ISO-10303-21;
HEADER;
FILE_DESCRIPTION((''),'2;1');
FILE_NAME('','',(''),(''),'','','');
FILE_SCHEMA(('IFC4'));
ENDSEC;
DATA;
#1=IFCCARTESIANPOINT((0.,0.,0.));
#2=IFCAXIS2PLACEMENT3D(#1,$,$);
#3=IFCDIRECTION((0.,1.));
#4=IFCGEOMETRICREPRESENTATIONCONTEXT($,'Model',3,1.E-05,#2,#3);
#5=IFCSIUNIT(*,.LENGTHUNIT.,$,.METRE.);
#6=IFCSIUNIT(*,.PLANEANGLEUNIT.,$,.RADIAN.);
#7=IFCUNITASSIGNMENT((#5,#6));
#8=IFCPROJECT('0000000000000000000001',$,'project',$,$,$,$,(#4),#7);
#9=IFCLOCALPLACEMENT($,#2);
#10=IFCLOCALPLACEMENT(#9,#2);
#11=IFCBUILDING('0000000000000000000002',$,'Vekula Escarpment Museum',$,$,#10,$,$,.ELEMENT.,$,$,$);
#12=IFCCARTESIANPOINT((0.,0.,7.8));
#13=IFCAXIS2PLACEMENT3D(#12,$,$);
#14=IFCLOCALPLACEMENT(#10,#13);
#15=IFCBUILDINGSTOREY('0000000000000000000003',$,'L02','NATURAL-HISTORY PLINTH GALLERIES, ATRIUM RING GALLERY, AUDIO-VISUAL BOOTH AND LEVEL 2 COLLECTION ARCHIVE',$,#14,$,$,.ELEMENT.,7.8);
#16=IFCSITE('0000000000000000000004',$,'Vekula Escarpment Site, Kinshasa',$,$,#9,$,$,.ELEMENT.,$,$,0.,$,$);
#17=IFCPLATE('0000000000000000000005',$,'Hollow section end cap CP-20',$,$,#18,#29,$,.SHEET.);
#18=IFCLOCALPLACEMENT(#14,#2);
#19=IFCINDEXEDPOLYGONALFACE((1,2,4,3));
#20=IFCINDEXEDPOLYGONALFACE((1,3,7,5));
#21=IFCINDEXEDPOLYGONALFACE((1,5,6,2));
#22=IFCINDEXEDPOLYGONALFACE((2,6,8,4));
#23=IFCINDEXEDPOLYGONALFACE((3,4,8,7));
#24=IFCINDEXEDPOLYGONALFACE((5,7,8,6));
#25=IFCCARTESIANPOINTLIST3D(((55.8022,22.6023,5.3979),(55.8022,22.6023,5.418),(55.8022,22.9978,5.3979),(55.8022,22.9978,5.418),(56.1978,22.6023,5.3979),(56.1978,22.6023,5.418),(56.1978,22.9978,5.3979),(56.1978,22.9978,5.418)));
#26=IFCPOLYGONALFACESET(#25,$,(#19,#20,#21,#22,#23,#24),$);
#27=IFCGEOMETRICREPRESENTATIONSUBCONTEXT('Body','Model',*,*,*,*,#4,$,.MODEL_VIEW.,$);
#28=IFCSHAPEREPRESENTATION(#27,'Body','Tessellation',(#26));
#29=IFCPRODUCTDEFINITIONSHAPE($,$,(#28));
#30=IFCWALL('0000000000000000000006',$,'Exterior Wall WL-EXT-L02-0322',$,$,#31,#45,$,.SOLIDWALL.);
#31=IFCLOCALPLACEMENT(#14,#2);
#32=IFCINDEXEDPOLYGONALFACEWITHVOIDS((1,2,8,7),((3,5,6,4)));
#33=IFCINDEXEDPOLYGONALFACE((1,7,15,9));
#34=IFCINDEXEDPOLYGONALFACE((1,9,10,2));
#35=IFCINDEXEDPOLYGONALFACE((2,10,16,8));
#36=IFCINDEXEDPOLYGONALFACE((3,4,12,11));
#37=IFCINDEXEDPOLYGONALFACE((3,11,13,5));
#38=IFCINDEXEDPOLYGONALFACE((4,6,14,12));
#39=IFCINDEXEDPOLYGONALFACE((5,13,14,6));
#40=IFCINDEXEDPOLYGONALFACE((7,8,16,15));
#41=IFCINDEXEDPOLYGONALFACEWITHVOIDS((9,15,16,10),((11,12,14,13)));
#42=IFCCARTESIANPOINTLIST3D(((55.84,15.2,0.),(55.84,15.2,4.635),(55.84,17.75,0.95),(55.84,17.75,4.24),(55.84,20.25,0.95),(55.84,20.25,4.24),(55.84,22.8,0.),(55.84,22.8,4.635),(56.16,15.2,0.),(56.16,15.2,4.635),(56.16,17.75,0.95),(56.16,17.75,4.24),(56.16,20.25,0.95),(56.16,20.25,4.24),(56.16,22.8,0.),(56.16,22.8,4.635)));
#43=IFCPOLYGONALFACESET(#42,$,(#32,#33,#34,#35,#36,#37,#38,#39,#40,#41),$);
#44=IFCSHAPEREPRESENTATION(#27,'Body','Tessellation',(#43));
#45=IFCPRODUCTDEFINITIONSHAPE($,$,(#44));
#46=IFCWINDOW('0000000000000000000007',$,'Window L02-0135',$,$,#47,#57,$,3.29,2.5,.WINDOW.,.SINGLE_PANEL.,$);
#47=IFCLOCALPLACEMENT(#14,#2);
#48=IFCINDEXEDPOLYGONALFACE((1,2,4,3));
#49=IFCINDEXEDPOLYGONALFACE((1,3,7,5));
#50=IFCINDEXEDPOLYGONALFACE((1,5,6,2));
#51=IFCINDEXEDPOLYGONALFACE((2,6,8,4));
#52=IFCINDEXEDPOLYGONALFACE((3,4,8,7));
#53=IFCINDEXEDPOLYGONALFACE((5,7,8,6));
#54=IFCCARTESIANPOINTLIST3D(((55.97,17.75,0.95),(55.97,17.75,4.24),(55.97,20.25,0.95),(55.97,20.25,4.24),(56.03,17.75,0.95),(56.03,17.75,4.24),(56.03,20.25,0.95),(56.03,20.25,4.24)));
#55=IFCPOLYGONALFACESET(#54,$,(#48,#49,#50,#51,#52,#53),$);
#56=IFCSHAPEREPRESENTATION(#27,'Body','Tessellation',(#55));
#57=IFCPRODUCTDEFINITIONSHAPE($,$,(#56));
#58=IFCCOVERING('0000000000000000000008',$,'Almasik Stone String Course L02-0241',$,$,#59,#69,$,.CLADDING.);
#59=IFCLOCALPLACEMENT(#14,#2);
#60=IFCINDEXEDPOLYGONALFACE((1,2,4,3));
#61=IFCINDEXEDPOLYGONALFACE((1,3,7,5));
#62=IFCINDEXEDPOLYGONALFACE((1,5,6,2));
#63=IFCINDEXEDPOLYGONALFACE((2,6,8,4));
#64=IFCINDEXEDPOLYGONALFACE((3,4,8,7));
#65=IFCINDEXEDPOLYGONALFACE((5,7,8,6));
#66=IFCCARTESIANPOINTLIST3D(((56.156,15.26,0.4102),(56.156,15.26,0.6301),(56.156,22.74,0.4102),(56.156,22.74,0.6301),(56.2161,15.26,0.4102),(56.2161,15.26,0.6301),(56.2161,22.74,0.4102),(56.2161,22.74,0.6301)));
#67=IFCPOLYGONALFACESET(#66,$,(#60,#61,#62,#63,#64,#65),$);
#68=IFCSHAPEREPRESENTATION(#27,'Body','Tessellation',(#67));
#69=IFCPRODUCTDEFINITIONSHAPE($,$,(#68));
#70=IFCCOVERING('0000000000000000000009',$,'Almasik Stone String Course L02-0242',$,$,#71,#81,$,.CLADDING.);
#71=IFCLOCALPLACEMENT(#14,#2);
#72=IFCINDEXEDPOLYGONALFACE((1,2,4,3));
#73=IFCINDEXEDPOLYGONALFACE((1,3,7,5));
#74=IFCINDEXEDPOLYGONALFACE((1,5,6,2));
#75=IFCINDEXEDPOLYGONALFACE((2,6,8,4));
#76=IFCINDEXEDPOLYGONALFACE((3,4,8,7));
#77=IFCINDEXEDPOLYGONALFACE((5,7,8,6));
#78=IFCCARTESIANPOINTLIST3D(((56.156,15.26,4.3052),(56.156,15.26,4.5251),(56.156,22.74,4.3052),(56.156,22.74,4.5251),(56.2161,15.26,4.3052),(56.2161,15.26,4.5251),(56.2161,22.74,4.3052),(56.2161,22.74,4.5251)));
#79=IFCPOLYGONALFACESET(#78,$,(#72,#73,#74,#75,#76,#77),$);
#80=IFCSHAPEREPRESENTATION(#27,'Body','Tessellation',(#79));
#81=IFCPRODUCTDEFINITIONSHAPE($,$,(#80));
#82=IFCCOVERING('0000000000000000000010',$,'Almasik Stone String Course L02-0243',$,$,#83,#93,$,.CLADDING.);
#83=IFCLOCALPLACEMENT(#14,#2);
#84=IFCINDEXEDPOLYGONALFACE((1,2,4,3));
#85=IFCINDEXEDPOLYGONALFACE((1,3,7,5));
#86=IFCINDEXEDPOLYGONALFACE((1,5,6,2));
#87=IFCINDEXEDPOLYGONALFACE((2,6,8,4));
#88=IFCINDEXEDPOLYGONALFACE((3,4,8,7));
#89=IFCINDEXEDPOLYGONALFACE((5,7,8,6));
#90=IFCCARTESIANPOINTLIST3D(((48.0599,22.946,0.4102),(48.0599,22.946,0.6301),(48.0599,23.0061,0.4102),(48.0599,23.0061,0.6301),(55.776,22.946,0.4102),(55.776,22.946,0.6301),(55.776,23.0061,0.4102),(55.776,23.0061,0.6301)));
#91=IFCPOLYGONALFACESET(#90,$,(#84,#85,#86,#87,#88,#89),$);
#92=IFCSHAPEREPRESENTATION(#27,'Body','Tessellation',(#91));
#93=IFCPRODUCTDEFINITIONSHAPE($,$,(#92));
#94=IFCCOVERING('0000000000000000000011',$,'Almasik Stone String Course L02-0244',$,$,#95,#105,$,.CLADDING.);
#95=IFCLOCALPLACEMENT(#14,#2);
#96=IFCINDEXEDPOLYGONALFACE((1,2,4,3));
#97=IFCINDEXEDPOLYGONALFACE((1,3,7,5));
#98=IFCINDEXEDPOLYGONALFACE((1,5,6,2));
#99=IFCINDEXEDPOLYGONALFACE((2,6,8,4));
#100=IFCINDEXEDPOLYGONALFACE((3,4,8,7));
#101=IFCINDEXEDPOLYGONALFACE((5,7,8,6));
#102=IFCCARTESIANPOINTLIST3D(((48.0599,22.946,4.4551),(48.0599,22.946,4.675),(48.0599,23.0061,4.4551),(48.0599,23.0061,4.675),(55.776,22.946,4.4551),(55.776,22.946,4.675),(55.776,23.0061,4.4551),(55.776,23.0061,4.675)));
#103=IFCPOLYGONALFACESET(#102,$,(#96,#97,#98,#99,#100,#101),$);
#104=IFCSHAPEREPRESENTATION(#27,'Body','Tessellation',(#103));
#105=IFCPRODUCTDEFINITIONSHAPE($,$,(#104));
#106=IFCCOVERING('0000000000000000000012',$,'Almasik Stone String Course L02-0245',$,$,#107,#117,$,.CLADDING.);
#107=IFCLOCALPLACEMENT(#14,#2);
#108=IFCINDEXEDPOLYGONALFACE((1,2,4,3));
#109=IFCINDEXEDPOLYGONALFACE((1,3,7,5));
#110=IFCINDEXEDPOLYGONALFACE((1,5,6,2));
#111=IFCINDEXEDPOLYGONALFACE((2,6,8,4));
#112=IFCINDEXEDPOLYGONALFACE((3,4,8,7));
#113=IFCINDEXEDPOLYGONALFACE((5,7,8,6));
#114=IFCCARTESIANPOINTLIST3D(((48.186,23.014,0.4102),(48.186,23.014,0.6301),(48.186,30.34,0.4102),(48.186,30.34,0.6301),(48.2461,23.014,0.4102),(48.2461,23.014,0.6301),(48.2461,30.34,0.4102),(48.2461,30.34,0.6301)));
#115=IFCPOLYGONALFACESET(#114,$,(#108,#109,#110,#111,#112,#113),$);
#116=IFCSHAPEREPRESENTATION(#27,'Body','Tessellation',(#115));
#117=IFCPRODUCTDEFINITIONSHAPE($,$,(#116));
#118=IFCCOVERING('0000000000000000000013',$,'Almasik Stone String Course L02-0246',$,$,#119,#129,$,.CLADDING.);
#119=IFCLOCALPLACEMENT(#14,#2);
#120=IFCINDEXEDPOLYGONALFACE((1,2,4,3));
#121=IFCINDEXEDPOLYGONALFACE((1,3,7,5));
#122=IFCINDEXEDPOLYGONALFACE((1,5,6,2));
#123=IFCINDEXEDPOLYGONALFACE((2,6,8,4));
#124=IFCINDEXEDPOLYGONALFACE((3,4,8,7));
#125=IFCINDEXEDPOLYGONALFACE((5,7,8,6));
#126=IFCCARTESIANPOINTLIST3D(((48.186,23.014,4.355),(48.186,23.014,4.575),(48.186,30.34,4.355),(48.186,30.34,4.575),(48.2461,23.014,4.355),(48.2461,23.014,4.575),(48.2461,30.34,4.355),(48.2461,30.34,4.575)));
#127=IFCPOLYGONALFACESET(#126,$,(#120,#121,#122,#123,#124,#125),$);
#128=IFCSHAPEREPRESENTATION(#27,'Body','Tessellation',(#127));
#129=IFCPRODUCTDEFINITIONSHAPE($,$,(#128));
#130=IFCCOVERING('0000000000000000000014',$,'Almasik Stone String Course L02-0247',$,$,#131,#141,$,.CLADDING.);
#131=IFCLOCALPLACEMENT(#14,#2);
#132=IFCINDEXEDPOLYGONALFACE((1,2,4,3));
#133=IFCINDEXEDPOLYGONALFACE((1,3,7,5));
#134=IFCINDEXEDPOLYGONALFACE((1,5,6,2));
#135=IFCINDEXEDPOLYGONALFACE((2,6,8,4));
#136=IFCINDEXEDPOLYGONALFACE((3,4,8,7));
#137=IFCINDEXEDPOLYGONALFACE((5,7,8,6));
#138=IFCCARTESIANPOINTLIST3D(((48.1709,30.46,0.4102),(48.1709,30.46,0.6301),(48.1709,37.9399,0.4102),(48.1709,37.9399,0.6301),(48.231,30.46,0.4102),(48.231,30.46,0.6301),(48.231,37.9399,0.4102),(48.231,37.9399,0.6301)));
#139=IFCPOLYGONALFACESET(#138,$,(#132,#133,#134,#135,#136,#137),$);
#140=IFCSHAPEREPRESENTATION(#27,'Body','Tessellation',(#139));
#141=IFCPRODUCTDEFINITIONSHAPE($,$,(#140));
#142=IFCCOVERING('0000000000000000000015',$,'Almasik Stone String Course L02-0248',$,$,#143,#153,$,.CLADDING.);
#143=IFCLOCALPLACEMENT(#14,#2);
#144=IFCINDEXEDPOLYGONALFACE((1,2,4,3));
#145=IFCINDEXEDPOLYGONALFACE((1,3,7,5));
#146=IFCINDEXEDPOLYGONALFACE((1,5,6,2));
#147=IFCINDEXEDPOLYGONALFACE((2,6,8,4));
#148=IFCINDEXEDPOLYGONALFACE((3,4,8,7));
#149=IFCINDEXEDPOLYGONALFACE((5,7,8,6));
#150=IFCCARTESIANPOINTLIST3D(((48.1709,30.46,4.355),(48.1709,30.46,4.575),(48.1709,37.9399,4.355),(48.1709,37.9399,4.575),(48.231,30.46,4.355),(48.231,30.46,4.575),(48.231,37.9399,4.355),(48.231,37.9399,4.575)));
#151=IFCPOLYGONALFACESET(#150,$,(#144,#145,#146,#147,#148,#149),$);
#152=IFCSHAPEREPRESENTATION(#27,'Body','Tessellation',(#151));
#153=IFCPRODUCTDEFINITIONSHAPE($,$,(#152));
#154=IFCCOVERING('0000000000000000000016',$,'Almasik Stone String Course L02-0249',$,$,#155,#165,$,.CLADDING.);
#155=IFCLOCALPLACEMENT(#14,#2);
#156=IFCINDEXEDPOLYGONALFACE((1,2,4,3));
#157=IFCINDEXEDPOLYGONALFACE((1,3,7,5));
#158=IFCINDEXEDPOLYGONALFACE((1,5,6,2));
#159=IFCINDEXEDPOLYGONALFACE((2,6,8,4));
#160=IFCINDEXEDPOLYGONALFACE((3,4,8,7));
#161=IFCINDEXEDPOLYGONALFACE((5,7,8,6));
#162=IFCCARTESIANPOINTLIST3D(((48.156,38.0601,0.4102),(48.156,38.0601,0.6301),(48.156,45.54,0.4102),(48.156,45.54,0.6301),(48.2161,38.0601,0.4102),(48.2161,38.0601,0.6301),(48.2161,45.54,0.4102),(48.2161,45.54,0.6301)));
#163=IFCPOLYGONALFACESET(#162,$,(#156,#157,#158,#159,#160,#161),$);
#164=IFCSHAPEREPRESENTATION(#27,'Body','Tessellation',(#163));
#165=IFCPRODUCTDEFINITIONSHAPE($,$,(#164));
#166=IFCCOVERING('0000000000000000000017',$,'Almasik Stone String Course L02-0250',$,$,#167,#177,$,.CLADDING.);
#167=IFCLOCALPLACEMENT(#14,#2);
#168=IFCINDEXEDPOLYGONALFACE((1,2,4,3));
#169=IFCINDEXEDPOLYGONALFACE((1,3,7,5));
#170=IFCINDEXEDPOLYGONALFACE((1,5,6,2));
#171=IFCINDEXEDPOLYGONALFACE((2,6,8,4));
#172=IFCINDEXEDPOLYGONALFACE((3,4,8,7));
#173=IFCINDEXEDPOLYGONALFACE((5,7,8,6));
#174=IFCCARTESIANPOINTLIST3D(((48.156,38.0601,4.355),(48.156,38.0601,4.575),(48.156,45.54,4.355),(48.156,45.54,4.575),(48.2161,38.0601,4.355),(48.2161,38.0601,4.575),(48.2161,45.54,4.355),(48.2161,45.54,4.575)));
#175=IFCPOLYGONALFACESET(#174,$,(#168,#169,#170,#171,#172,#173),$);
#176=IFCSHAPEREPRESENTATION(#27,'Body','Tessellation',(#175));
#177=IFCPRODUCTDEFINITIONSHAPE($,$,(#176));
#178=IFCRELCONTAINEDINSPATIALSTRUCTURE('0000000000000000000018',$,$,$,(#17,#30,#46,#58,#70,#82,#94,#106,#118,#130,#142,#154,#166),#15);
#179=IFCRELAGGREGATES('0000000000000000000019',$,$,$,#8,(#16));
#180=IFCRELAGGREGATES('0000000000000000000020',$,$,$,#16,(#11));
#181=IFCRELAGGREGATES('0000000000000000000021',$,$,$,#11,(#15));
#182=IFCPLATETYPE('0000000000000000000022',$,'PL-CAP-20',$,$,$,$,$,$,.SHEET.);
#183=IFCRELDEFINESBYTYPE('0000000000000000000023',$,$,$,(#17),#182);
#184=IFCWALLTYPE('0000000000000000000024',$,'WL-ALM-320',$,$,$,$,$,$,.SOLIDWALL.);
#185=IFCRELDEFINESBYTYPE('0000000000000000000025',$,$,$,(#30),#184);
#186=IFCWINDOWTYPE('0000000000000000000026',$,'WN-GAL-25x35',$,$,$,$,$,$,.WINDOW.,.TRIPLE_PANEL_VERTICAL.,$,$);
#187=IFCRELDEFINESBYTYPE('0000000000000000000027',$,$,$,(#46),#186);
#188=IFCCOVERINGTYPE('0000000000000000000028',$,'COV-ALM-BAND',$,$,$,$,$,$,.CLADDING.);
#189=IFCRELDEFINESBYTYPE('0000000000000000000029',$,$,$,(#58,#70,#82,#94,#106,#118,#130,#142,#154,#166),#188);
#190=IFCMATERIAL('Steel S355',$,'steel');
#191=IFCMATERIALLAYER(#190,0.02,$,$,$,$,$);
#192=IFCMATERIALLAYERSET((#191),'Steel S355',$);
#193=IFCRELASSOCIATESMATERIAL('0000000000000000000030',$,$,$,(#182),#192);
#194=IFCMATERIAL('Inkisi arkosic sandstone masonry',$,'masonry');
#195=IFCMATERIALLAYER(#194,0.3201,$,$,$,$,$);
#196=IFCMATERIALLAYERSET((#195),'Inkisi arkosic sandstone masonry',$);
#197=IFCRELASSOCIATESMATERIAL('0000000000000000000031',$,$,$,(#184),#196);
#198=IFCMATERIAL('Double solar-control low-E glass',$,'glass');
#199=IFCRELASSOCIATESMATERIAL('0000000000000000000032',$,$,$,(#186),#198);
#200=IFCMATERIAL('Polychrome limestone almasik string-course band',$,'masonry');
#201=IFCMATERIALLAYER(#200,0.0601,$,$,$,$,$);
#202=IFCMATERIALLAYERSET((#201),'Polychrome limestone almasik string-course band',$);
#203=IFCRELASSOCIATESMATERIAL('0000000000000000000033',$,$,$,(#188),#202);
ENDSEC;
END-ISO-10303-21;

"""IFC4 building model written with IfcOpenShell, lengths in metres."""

from ifc_helpers import new_model, si_unit, direction, frame, frame_2d, origin, origin_2d, place, context, subcontext, project, spatial, rectangle, extrude, material, layer, layer_set, type_object, element, fill, save


model = new_model("IFC4")

# Units and contexts
model_context = context("Model", 3, precision=1e-05, world=origin(), true_north=direction((0.0, 1.0)))
body_context = subcontext(model_context, "Body", "Model", "MODEL_VIEW")
ifc_project = project(units=[si_unit("LENGTHUNIT", "METRE"), si_unit("PLANEANGLEUNIT", "RADIAN")], contexts=[model_context])

# Site, building, storey
site_placement = place(None, origin())
site = spatial("IfcSite", under=ifc_project, at=site_placement, Name="Vekula Escarpment Site, Kinshasa", CompositionType="ELEMENT", RefElevation=0.0)
building_placement = place(site_placement, origin())
building = spatial("IfcBuilding", under=site, at=building_placement, Name="Vekula Escarpment Museum", CompositionType="ELEMENT")
storey_placement = place(building_placement, frame((0.0, 0.0, 7.8)))
storey = spatial("IfcBuildingStorey", under=building, at=storey_placement, Name="L02", Description="NATURAL-HISTORY PLINTH GALLERIES, ATRIUM RING GALLERY, AUDIO-VISUAL BOOTH AND LEVEL 2 COLLECTION ARCHIVE", CompositionType="ELEMENT", Elevation=7.8)

# Plate
ifc_material_1 = material(Name="Steel S355", Category="steel")
ifc_layer_1 = layer(ifc_material_1, 0.02)
ifc_layer_set_1 = layer_set([ifc_layer_1], Name="Steel S355")
plate_type_1 = type_object("IfcPlateType", Name="PL-CAP-20", PredefinedType="SHEET", material=ifc_layer_set_1)
plate_placement = place(storey_placement, frame((56.0, 22.8, 5.3979), z_axis=(0.0, 0.0, 1.0), x_axis=(1.0, 0.0, 0.0)))
element("IfcPlate", 1, at=plate_placement, inside=storey, type_object=plate_type_1, Name="Hollow section end cap CP-20", PredefinedType="SHEET", context=body_context, shape_type="SweptSolid", body=[
    extrude(rectangle(XDim=0.3955, YDim=0.3955, at=origin_2d()), origin(), (0.0, 0.0, 1.0), 0.02),
])

# Wall, opening, window
ifc_material_2 = material(Name="Inkisi arkosic sandstone masonry", Category="masonry")
ifc_layer_2 = layer(ifc_material_2, 0.3201)
ifc_layer_set_2 = layer_set([ifc_layer_2], Name="Inkisi arkosic sandstone masonry")
wall_type = type_object("IfcWallType", Name="WL-ALM-320", PredefinedType="SOLIDWALL", material=ifc_layer_set_2)
wall_placement = place(storey_placement, frame((56.0, 22.8, 0.0), z_axis=(0.0, 0.0, 1.0), x_axis=(0.0, -1.0, 0.0)))
wall = element("IfcWall", 2, at=wall_placement, inside=storey, type_object=wall_type, Name="Exterior Wall WL-EXT-L02-0322", PredefinedType="SOLIDWALL", context=body_context, shape_type="SweptSolid", body=[
    extrude(rectangle(XDim=7.6001, YDim=0.3201, at=frame_2d((3.8, 0.0))), origin(), (0.0, 0.0, 1.0), 4.635),
])
opening_placement = place(wall_placement, frame((2.55, 0.0, 0.95)))
opening = element("IfcOpeningElement", 3, at=opening_placement, cuts=wall, PredefinedType="OPENING", context=body_context, shape_type="SweptSolid", body=[
    extrude(rectangle(XDim=2.5, YDim=3.29, at=frame_2d((1.25, 1.645))), frame((0.0, 0.1699, 0.0), z_axis=(0.0, -1.0, 0.0), x_axis=(1.0, 0.0, 0.0)), (0.0, 0.0, 1.0), 0.3401),
])
ifc_material_3 = material(Name="Double solar-control low-E glass", Category="glass")
window_type = type_object("IfcWindowType", Name="WN-GAL-25x35", PartitioningType="TRIPLE_PANEL_VERTICAL", PredefinedType="WINDOW", material=ifc_material_3)
window_placement = place(opening_placement, origin())
window = element("IfcWindow", 4, at=window_placement, inside=storey, type_object=window_type, Name="Window L02-0135", OverallHeight=3.29, OverallWidth=2.5, PartitioningType="SINGLE_PANEL", PredefinedType="WINDOW", context=body_context, shape_type="SweptSolid", body=[
    extrude(rectangle(XDim=2.5, YDim=3.29, at=frame_2d((1.25, 1.645))), frame((0.0, 0.03, 0.0), z_axis=(0.0, -1.0, 0.0), x_axis=(1.0, 0.0, 0.0)), (0.0, 0.0, 1.0), 0.0601),
])
fill(opening, window)

# Coverings
ifc_material_4 = material(Name="Polychrome limestone almasik string-course band", Category="masonry")
ifc_layer_3 = layer(ifc_material_4, 0.0601)
ifc_layer_set_3 = layer_set([ifc_layer_3], Name="Polychrome limestone almasik string-course band")
covering_type = type_object("IfcCoveringType", Name="COV-ALM-BAND", PredefinedType="CLADDING", material=ifc_layer_set_3)
for number, where, z_axis, x_axis, name in (
    (5, (56.186, 19.0, 0.4102), (0.0, 0.0, 1.0), (0.0, 1.0, 0.0), "Almasik Stone String Course L02-0241"),
    (6, (56.186, 19.0, 4.3052), (0.0, 0.0, 1.0), (0.0, 1.0, 0.0), "Almasik Stone String Course L02-0242"),
):
    element("IfcCovering", number, at=place(storey_placement, frame(where, z_axis=z_axis, x_axis=x_axis)), inside=storey, type_object=covering_type, Name=name, PredefinedType="CLADDING", context=body_context, shape_type="SweptSolid", body=[
        extrude(rectangle(XDim=7.48, YDim=0.0601, at=origin_2d()), origin(), (0.0, 0.0, 1.0), 0.22),
    ])
for number, where, z_axis, x_axis, name in (
    (7, (51.918, 22.9761, 0.4102), (0.0, 0.0, 1.0), (1.0, 0.0, 0.0), "Almasik Stone String Course L02-0243"),
    (8, (51.918, 22.9761, 4.4551), (0.0, 0.0, 1.0), (1.0, 0.0, 0.0), "Almasik Stone String Course L02-0244"),
):
    element("IfcCovering", number, at=place(storey_placement, frame(where, z_axis=z_axis, x_axis=x_axis)), inside=storey, type_object=covering_type, Name=name, PredefinedType="CLADDING", context=body_context, shape_type="SweptSolid", body=[
        extrude(rectangle(XDim=7.7161, YDim=0.0601, at=origin_2d()), origin(), (0.0, 0.0, 1.0), 0.22),
    ])
for number, where, z_axis, x_axis, name in (
    (9, (48.2161, 26.677, 0.4102), (0.0, 0.0, 1.0), (0.0, 1.0, 0.0), "Almasik Stone String Course L02-0245"),
    (10, (48.2161, 26.677, 4.355), (0.0, 0.0, 1.0), (0.0, 1.0, 0.0), "Almasik Stone String Course L02-0246"),
):
    element("IfcCovering", number, at=place(storey_placement, frame(where, z_axis=z_axis, x_axis=x_axis)), inside=storey, type_object=covering_type, Name=name, PredefinedType="CLADDING", context=body_context, shape_type="SweptSolid", body=[
        extrude(rectangle(XDim=7.3259, YDim=0.0601, at=origin_2d()), origin(), (0.0, 0.0, 1.0), 0.22),
    ])
for number, where, z_axis, x_axis, name in (
    (11, (48.2009, 34.2, 0.4102), (0.0, 0.0, 1.0), (0.0, 1.0, 0.0), "Almasik Stone String Course L02-0247"),
    (12, (48.2009, 34.2, 4.355), (0.0, 0.0, 1.0), (0.0, 1.0, 0.0), "Almasik Stone String Course L02-0248"),
    (13, (48.186, 41.8, 0.4102), (0.0, 0.0, 1.0), (0.0, 1.0, 0.0), "Almasik Stone String Course L02-0249"),
    (14, (48.186, 41.8, 4.355), (0.0, 0.0, 1.0), (0.0, 1.0, 0.0), "Almasik Stone String Course L02-0250"),
):
    element("IfcCovering", number, at=place(storey_placement, frame(where, z_axis=z_axis, x_axis=x_axis)), inside=storey, type_object=covering_type, Name=name, PredefinedType="CLADDING", context=body_context, shape_type="SweptSolid", body=[
        extrude(rectangle(XDim=7.48, YDim=0.0601, at=origin_2d()), origin(), (0.0, 0.0, 1.0), 0.22),
    ])

save(model, "model.ifc")
